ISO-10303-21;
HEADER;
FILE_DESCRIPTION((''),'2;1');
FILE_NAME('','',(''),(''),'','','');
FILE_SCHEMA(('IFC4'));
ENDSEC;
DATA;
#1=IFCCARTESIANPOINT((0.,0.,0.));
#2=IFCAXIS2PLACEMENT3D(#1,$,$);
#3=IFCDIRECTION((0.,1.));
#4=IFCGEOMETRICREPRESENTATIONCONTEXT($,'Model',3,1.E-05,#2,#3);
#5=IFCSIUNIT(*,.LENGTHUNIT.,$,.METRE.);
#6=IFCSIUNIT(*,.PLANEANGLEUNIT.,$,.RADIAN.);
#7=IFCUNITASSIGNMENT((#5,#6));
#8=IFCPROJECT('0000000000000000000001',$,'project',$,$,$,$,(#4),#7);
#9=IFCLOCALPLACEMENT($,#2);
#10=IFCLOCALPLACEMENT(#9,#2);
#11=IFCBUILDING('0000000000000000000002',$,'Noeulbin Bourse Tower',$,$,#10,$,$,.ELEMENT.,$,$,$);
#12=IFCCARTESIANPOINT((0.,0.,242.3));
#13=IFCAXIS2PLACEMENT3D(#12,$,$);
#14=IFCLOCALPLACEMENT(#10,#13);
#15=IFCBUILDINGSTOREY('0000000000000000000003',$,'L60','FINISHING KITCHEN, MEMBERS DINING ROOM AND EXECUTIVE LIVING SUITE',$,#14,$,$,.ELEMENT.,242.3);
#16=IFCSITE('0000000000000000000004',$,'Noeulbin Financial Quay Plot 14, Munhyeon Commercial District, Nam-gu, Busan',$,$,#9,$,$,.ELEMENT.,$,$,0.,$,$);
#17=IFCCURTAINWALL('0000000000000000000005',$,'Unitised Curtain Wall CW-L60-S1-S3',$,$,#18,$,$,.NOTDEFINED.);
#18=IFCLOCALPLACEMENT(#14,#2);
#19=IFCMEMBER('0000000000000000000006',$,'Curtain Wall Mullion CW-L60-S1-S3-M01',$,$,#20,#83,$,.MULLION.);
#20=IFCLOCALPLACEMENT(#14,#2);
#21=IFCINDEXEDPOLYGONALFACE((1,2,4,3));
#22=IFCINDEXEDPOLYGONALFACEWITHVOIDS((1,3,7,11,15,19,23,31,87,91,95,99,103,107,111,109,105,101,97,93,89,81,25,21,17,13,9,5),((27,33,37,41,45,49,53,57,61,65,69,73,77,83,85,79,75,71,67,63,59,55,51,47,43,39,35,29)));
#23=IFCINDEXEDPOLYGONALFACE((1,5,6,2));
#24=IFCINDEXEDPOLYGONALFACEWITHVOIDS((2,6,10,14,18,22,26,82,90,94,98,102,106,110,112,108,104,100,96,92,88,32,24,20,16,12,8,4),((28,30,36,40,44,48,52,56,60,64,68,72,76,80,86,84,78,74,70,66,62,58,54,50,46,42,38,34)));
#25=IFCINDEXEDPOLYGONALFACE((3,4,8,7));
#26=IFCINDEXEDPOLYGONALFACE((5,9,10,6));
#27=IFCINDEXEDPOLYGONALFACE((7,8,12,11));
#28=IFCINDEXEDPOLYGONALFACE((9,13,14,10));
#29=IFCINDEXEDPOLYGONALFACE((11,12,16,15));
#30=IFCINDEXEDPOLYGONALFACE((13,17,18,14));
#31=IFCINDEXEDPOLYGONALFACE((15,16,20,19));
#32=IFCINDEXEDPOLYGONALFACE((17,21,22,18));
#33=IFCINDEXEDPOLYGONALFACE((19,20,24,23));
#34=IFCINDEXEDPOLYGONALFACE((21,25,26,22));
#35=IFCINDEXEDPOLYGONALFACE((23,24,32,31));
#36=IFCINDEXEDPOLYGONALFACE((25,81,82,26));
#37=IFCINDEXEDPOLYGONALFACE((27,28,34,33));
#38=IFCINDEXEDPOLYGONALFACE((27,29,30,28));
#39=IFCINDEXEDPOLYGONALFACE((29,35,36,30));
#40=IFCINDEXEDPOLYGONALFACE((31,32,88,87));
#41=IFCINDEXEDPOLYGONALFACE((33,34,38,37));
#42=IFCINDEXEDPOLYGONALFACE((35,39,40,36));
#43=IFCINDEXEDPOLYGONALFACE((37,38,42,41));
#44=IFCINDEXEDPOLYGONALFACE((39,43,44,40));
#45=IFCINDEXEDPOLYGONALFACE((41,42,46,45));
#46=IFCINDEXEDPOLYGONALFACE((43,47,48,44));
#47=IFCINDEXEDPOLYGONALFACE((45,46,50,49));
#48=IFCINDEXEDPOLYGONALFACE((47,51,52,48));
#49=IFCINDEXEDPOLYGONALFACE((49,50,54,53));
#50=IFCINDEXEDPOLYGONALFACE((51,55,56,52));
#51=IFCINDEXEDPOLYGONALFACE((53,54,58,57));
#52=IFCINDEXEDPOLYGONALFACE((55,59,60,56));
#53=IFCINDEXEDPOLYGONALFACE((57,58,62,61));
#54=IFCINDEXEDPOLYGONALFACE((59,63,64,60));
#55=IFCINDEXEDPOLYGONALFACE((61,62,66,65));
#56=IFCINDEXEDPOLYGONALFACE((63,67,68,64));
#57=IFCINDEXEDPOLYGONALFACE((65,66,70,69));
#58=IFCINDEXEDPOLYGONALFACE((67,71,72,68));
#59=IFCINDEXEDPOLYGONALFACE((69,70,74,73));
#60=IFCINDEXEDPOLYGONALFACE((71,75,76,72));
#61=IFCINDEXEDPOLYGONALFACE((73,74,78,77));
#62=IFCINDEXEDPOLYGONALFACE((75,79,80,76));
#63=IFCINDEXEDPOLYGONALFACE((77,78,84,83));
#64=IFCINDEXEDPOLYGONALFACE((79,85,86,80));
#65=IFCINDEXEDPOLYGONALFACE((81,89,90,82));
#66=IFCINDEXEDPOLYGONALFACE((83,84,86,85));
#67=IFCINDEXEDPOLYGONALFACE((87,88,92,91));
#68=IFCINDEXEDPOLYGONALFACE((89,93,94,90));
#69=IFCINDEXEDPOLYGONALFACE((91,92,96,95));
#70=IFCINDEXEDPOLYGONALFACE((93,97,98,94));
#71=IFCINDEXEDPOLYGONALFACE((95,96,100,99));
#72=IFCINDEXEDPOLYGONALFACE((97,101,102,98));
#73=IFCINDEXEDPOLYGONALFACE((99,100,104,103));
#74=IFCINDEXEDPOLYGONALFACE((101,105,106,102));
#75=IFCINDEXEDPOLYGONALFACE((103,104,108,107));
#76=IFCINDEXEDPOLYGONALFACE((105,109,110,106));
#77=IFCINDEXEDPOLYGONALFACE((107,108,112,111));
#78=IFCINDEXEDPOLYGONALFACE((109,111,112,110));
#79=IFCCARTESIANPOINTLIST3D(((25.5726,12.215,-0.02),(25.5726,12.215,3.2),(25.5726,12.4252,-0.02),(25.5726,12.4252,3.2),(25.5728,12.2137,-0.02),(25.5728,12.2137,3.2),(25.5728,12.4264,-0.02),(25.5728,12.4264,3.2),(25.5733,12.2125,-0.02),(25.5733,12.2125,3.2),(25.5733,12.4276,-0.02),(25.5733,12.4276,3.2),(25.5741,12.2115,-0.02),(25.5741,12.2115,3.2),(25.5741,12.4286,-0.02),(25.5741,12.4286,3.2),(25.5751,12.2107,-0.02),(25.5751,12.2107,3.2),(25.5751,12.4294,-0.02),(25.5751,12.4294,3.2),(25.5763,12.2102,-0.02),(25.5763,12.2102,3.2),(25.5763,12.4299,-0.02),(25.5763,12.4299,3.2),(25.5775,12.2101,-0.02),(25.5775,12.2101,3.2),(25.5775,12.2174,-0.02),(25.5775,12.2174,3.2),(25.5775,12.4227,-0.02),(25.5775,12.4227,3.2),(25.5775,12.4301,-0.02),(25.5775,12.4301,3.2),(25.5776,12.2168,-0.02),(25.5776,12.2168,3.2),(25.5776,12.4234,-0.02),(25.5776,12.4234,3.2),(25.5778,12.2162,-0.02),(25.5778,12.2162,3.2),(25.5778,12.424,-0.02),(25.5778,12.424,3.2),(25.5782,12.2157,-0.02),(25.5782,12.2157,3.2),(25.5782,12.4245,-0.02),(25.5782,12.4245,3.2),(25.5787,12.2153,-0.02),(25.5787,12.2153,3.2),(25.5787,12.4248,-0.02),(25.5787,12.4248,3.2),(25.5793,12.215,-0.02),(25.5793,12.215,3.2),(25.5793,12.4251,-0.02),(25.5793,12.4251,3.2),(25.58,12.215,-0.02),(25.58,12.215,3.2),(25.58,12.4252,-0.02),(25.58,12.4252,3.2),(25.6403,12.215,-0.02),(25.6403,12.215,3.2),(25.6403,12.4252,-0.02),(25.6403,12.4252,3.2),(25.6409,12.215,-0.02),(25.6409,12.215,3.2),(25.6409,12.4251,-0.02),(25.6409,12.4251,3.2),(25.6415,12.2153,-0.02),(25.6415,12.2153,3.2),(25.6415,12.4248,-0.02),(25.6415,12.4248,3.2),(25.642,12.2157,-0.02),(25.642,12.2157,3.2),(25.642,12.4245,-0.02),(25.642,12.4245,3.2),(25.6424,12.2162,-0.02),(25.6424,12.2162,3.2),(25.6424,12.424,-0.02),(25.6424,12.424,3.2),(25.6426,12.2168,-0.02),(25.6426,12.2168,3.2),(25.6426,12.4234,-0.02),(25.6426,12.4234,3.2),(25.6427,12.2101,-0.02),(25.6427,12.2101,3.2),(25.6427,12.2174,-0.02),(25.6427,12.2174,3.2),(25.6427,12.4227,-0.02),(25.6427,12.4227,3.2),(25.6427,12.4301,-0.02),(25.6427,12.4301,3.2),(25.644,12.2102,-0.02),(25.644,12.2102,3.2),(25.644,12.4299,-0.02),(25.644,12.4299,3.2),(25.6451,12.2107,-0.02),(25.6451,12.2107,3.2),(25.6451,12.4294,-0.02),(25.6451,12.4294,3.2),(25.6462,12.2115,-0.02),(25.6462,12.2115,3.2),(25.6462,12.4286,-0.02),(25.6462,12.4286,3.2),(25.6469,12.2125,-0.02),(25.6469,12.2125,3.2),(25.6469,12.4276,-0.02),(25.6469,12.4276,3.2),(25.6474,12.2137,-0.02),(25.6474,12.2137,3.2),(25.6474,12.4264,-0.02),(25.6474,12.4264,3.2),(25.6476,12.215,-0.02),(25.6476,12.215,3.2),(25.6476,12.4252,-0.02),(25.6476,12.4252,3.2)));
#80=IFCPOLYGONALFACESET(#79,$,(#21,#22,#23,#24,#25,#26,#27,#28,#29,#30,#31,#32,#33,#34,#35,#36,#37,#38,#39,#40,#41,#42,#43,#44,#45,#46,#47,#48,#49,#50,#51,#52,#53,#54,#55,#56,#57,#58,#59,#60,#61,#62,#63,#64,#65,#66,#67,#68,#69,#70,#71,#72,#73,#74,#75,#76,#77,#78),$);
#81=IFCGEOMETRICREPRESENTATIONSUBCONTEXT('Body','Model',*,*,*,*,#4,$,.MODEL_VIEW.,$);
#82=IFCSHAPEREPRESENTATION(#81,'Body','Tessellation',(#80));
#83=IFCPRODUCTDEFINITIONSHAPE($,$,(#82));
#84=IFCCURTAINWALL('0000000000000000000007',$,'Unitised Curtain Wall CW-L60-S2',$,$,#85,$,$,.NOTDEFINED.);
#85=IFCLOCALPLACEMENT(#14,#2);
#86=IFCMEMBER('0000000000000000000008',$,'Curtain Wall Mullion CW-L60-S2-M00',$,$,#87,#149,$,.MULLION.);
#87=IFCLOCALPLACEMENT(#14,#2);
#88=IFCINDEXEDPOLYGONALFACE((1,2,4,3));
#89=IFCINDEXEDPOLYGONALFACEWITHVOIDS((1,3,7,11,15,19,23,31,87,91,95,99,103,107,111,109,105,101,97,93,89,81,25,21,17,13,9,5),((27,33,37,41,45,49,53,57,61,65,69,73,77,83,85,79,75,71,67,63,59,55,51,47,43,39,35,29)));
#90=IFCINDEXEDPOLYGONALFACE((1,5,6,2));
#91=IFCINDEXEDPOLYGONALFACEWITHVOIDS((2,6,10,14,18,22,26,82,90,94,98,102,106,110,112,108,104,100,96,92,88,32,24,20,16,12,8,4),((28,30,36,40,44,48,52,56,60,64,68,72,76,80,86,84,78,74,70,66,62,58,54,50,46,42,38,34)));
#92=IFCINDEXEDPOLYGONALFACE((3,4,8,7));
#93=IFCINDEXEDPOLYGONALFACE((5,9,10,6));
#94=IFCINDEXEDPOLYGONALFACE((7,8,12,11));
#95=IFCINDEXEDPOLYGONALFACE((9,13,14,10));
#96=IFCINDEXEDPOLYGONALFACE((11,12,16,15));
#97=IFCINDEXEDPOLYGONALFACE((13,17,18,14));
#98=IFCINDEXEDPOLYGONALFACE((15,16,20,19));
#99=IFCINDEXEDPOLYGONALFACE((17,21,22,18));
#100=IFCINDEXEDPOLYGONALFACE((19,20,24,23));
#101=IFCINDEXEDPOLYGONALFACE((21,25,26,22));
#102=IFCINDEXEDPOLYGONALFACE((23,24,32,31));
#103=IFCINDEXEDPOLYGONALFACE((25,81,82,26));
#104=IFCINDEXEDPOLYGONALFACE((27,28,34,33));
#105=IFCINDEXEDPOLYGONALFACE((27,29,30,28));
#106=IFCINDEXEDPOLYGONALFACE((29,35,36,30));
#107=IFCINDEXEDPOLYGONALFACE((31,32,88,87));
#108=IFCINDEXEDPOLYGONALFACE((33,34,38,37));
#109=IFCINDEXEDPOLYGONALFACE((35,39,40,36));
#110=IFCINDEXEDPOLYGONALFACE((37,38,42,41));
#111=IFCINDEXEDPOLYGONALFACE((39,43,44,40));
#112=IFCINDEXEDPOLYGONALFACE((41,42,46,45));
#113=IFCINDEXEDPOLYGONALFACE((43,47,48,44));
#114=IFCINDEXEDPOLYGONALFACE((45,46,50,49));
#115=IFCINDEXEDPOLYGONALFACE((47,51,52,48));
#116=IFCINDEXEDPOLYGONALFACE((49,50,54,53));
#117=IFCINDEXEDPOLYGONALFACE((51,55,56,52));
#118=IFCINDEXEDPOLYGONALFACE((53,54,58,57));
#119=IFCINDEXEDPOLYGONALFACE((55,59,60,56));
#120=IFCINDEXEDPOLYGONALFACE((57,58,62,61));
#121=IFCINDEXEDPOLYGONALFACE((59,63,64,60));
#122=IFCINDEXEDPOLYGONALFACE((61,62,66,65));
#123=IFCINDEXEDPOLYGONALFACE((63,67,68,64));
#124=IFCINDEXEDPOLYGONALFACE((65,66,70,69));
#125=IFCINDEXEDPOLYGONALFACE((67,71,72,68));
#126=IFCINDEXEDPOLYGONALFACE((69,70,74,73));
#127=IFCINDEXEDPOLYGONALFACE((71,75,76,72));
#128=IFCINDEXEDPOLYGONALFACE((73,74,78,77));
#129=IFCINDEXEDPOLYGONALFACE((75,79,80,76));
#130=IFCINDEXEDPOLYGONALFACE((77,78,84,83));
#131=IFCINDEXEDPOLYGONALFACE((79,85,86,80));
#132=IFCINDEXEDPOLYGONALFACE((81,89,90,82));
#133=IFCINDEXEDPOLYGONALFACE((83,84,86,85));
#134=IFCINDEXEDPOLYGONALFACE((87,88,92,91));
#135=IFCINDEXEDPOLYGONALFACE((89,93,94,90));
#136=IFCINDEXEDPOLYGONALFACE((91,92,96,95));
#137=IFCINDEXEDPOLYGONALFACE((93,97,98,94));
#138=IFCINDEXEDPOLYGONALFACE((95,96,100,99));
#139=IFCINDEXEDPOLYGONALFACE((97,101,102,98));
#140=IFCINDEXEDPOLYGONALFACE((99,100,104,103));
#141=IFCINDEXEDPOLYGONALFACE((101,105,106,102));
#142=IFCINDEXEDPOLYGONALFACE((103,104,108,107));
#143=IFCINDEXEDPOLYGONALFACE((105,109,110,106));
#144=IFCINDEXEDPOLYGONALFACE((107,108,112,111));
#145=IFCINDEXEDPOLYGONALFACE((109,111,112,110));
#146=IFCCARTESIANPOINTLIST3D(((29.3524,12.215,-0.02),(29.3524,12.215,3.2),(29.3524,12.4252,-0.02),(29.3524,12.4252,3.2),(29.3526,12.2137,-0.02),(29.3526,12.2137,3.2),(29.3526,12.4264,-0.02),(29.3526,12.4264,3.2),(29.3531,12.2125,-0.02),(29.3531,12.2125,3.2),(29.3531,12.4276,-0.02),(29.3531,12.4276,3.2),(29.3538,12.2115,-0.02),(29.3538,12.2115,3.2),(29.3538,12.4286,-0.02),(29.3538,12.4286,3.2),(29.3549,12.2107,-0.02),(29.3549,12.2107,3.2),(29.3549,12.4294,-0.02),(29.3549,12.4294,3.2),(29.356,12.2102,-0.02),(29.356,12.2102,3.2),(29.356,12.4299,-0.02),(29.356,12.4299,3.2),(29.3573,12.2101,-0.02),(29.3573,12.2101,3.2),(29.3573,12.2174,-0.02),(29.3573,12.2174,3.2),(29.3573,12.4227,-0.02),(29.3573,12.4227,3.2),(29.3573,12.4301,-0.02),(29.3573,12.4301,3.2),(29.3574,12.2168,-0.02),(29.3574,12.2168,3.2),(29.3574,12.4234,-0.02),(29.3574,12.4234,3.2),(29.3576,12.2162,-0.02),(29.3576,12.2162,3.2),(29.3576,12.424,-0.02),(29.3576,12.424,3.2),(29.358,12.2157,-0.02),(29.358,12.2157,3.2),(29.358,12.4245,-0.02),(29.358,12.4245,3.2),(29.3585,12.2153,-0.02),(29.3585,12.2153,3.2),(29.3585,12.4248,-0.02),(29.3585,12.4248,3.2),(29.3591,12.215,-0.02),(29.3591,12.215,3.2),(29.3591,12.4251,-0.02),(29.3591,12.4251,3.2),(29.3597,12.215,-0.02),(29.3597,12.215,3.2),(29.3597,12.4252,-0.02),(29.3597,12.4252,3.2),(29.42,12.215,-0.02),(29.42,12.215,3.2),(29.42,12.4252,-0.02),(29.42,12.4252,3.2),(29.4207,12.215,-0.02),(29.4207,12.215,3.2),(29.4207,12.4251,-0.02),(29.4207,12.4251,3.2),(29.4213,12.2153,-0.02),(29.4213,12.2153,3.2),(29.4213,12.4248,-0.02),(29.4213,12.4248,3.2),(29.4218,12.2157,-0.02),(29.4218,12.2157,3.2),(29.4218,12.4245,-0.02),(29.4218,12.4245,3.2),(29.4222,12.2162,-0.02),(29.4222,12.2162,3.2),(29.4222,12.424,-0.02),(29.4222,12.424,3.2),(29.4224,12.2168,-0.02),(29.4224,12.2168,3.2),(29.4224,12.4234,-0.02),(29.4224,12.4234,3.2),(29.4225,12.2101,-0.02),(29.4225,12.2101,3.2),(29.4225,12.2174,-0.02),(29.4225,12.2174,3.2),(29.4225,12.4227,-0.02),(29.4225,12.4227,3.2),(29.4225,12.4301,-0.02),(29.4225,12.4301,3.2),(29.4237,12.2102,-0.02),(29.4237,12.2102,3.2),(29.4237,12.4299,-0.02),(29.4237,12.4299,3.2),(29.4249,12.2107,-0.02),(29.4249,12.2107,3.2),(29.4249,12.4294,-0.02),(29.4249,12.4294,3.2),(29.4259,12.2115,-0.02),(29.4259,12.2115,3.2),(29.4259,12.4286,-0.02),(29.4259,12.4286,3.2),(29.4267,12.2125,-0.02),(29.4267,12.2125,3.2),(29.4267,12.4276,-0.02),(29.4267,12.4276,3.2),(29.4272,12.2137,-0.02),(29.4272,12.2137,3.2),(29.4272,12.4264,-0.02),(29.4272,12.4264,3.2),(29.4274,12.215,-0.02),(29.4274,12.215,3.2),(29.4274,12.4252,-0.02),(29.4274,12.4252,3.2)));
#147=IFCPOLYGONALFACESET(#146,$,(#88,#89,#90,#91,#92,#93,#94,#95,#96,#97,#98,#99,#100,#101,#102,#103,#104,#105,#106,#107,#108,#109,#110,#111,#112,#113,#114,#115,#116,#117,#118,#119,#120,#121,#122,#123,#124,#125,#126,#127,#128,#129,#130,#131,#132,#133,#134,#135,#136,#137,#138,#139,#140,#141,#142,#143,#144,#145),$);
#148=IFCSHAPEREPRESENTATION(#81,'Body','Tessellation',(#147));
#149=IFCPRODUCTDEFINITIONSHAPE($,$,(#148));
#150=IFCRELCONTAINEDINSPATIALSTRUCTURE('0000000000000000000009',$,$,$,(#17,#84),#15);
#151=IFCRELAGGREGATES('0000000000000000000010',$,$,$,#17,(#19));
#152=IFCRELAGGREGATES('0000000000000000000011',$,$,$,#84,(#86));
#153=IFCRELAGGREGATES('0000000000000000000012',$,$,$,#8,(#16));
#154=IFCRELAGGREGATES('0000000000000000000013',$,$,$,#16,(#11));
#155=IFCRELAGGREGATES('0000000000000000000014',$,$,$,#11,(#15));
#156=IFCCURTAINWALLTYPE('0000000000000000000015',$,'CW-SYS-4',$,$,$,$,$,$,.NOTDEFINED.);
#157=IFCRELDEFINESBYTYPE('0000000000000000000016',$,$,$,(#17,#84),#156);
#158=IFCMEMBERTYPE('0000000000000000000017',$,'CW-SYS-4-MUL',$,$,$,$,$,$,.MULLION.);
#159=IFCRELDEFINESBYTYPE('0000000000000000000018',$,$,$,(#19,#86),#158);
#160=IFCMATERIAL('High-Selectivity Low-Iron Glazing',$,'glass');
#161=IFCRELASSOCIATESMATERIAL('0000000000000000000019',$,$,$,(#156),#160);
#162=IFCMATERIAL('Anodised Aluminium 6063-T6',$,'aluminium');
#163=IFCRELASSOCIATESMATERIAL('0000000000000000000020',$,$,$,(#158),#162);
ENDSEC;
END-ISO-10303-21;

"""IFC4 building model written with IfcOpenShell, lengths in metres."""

from ifc_helpers import new_model, si_unit, direction, frame, origin, origin_2d, place, context, subcontext, project, spatial, hollow_rectangle, extrude, material, material_profile, profile_set, type_object, element, aggregate, save


model = new_model("IFC4")

# Units and contexts
model_context = context("Model", 3, precision=1e-05, world=origin(), true_north=direction((0.0, 1.0)))
body_context = subcontext(model_context, "Body", "Model", "MODEL_VIEW")
ifc_project = project(units=[si_unit("LENGTHUNIT", "METRE"), si_unit("PLANEANGLEUNIT", "RADIAN")], contexts=[model_context])

# Site, building, storey
site_placement = place(None, origin())
site = spatial("IfcSite", under=ifc_project, at=site_placement, Name="Noeulbin Financial Quay Plot 14, Munhyeon Commercial District, Nam-gu, Busan", CompositionType="ELEMENT", RefElevation=0.0)
building_placement = place(site_placement, origin())
building = spatial("IfcBuilding", under=site, at=building_placement, Name="Noeulbin Bourse Tower", CompositionType="ELEMENT")
storey_placement = place(building_placement, frame((0.0, 0.0, 242.3)))
storey = spatial("IfcBuildingStorey", under=building, at=storey_placement, Name="L60", Description="FINISHING KITCHEN, MEMBERS DINING ROOM AND EXECUTIVE LIVING SUITE", CompositionType="ELEMENT", Elevation=242.3)

# Shared definitions
ifc_material_1 = material(Name="High-Selectivity Low-Iron Glazing", Category="glass")
curtain_wall_type = type_object("IfcCurtainWallType", Name="CW-SYS-4", PredefinedType="NOTDEFINED", material=ifc_material_1)
ifc_material_2 = material(Name="Anodised Aluminium 6063-T6", Category="aluminium")
ifc_material_profile_1 = material_profile(ifc_material_2, hollow_rectangle(XDim=0.075, YDim=0.22, WallThickness=0.0049, InnerFilletRadius=0.0024, OuterFilletRadius=0.0049, at=origin_2d()), Name="ALU-MULL-75x220x5", Category="LoadBearing")
ifc_profile_set_1 = profile_set([ifc_material_profile_1], Name="Anodised Aluminium 6063-T6")
member_type_1 = type_object("IfcMemberType", Name="CW-SYS-4-MUL", PredefinedType="MULLION", material=ifc_profile_set_1)

# Curtain wall, member
curtain_wall_1_placement = place(storey_placement, origin())
curtain_wall_1 = element("IfcCurtainWall", 1, at=curtain_wall_1_placement, inside=storey, type_object=curtain_wall_type, Name="Unitised Curtain Wall CW-L60-S1-S3", PredefinedType="NOTDEFINED")
member_1_placement = place(storey_placement, frame((25.6101, 12.3201, -0.02), z_axis=(0.0, 0.0, 1.0), x_axis=(1.0, 0.0, 0.0)))
member_1 = element("IfcMember", 2, at=member_1_placement, type_object=member_type_1, Name="Curtain Wall Mullion CW-L60-S1-S3-M01", PredefinedType="MULLION", context=body_context, shape_type="SweptSolid", body=[
    extrude(hollow_rectangle(XDim=0.075, YDim=0.22, WallThickness=0.0049, InnerFilletRadius=0.0024, OuterFilletRadius=0.0049, at=origin_2d()), origin(), (0.0, 0.0, 1.0), 3.22),
])

# Curtain wall, member
curtain_wall_2_placement = place(storey_placement, origin())
curtain_wall_2 = element("IfcCurtainWall", 3, at=curtain_wall_2_placement, inside=storey, type_object=curtain_wall_type, Name="Unitised Curtain Wall CW-L60-S2", PredefinedType="NOTDEFINED")
member_2_placement = place(storey_placement, frame((29.3899, 12.3201, -0.02), z_axis=(0.0, 0.0, 1.0), x_axis=(1.0, 0.0, 0.0)))
member_2 = element("IfcMember", 4, at=member_2_placement, type_object=member_type_1, Name="Curtain Wall Mullion CW-L60-S2-M00", PredefinedType="MULLION", context=body_context, shape_type="SweptSolid", body=[
    extrude(hollow_rectangle(XDim=0.075, YDim=0.22, WallThickness=0.0049, InnerFilletRadius=0.0024, OuterFilletRadius=0.0049, at=origin_2d()), origin(), (0.0, 0.0, 1.0), 3.22),
])

aggregate(curtain_wall_1, [member_1])
aggregate(curtain_wall_2, [member_2])

save(model, "model.ifc")
